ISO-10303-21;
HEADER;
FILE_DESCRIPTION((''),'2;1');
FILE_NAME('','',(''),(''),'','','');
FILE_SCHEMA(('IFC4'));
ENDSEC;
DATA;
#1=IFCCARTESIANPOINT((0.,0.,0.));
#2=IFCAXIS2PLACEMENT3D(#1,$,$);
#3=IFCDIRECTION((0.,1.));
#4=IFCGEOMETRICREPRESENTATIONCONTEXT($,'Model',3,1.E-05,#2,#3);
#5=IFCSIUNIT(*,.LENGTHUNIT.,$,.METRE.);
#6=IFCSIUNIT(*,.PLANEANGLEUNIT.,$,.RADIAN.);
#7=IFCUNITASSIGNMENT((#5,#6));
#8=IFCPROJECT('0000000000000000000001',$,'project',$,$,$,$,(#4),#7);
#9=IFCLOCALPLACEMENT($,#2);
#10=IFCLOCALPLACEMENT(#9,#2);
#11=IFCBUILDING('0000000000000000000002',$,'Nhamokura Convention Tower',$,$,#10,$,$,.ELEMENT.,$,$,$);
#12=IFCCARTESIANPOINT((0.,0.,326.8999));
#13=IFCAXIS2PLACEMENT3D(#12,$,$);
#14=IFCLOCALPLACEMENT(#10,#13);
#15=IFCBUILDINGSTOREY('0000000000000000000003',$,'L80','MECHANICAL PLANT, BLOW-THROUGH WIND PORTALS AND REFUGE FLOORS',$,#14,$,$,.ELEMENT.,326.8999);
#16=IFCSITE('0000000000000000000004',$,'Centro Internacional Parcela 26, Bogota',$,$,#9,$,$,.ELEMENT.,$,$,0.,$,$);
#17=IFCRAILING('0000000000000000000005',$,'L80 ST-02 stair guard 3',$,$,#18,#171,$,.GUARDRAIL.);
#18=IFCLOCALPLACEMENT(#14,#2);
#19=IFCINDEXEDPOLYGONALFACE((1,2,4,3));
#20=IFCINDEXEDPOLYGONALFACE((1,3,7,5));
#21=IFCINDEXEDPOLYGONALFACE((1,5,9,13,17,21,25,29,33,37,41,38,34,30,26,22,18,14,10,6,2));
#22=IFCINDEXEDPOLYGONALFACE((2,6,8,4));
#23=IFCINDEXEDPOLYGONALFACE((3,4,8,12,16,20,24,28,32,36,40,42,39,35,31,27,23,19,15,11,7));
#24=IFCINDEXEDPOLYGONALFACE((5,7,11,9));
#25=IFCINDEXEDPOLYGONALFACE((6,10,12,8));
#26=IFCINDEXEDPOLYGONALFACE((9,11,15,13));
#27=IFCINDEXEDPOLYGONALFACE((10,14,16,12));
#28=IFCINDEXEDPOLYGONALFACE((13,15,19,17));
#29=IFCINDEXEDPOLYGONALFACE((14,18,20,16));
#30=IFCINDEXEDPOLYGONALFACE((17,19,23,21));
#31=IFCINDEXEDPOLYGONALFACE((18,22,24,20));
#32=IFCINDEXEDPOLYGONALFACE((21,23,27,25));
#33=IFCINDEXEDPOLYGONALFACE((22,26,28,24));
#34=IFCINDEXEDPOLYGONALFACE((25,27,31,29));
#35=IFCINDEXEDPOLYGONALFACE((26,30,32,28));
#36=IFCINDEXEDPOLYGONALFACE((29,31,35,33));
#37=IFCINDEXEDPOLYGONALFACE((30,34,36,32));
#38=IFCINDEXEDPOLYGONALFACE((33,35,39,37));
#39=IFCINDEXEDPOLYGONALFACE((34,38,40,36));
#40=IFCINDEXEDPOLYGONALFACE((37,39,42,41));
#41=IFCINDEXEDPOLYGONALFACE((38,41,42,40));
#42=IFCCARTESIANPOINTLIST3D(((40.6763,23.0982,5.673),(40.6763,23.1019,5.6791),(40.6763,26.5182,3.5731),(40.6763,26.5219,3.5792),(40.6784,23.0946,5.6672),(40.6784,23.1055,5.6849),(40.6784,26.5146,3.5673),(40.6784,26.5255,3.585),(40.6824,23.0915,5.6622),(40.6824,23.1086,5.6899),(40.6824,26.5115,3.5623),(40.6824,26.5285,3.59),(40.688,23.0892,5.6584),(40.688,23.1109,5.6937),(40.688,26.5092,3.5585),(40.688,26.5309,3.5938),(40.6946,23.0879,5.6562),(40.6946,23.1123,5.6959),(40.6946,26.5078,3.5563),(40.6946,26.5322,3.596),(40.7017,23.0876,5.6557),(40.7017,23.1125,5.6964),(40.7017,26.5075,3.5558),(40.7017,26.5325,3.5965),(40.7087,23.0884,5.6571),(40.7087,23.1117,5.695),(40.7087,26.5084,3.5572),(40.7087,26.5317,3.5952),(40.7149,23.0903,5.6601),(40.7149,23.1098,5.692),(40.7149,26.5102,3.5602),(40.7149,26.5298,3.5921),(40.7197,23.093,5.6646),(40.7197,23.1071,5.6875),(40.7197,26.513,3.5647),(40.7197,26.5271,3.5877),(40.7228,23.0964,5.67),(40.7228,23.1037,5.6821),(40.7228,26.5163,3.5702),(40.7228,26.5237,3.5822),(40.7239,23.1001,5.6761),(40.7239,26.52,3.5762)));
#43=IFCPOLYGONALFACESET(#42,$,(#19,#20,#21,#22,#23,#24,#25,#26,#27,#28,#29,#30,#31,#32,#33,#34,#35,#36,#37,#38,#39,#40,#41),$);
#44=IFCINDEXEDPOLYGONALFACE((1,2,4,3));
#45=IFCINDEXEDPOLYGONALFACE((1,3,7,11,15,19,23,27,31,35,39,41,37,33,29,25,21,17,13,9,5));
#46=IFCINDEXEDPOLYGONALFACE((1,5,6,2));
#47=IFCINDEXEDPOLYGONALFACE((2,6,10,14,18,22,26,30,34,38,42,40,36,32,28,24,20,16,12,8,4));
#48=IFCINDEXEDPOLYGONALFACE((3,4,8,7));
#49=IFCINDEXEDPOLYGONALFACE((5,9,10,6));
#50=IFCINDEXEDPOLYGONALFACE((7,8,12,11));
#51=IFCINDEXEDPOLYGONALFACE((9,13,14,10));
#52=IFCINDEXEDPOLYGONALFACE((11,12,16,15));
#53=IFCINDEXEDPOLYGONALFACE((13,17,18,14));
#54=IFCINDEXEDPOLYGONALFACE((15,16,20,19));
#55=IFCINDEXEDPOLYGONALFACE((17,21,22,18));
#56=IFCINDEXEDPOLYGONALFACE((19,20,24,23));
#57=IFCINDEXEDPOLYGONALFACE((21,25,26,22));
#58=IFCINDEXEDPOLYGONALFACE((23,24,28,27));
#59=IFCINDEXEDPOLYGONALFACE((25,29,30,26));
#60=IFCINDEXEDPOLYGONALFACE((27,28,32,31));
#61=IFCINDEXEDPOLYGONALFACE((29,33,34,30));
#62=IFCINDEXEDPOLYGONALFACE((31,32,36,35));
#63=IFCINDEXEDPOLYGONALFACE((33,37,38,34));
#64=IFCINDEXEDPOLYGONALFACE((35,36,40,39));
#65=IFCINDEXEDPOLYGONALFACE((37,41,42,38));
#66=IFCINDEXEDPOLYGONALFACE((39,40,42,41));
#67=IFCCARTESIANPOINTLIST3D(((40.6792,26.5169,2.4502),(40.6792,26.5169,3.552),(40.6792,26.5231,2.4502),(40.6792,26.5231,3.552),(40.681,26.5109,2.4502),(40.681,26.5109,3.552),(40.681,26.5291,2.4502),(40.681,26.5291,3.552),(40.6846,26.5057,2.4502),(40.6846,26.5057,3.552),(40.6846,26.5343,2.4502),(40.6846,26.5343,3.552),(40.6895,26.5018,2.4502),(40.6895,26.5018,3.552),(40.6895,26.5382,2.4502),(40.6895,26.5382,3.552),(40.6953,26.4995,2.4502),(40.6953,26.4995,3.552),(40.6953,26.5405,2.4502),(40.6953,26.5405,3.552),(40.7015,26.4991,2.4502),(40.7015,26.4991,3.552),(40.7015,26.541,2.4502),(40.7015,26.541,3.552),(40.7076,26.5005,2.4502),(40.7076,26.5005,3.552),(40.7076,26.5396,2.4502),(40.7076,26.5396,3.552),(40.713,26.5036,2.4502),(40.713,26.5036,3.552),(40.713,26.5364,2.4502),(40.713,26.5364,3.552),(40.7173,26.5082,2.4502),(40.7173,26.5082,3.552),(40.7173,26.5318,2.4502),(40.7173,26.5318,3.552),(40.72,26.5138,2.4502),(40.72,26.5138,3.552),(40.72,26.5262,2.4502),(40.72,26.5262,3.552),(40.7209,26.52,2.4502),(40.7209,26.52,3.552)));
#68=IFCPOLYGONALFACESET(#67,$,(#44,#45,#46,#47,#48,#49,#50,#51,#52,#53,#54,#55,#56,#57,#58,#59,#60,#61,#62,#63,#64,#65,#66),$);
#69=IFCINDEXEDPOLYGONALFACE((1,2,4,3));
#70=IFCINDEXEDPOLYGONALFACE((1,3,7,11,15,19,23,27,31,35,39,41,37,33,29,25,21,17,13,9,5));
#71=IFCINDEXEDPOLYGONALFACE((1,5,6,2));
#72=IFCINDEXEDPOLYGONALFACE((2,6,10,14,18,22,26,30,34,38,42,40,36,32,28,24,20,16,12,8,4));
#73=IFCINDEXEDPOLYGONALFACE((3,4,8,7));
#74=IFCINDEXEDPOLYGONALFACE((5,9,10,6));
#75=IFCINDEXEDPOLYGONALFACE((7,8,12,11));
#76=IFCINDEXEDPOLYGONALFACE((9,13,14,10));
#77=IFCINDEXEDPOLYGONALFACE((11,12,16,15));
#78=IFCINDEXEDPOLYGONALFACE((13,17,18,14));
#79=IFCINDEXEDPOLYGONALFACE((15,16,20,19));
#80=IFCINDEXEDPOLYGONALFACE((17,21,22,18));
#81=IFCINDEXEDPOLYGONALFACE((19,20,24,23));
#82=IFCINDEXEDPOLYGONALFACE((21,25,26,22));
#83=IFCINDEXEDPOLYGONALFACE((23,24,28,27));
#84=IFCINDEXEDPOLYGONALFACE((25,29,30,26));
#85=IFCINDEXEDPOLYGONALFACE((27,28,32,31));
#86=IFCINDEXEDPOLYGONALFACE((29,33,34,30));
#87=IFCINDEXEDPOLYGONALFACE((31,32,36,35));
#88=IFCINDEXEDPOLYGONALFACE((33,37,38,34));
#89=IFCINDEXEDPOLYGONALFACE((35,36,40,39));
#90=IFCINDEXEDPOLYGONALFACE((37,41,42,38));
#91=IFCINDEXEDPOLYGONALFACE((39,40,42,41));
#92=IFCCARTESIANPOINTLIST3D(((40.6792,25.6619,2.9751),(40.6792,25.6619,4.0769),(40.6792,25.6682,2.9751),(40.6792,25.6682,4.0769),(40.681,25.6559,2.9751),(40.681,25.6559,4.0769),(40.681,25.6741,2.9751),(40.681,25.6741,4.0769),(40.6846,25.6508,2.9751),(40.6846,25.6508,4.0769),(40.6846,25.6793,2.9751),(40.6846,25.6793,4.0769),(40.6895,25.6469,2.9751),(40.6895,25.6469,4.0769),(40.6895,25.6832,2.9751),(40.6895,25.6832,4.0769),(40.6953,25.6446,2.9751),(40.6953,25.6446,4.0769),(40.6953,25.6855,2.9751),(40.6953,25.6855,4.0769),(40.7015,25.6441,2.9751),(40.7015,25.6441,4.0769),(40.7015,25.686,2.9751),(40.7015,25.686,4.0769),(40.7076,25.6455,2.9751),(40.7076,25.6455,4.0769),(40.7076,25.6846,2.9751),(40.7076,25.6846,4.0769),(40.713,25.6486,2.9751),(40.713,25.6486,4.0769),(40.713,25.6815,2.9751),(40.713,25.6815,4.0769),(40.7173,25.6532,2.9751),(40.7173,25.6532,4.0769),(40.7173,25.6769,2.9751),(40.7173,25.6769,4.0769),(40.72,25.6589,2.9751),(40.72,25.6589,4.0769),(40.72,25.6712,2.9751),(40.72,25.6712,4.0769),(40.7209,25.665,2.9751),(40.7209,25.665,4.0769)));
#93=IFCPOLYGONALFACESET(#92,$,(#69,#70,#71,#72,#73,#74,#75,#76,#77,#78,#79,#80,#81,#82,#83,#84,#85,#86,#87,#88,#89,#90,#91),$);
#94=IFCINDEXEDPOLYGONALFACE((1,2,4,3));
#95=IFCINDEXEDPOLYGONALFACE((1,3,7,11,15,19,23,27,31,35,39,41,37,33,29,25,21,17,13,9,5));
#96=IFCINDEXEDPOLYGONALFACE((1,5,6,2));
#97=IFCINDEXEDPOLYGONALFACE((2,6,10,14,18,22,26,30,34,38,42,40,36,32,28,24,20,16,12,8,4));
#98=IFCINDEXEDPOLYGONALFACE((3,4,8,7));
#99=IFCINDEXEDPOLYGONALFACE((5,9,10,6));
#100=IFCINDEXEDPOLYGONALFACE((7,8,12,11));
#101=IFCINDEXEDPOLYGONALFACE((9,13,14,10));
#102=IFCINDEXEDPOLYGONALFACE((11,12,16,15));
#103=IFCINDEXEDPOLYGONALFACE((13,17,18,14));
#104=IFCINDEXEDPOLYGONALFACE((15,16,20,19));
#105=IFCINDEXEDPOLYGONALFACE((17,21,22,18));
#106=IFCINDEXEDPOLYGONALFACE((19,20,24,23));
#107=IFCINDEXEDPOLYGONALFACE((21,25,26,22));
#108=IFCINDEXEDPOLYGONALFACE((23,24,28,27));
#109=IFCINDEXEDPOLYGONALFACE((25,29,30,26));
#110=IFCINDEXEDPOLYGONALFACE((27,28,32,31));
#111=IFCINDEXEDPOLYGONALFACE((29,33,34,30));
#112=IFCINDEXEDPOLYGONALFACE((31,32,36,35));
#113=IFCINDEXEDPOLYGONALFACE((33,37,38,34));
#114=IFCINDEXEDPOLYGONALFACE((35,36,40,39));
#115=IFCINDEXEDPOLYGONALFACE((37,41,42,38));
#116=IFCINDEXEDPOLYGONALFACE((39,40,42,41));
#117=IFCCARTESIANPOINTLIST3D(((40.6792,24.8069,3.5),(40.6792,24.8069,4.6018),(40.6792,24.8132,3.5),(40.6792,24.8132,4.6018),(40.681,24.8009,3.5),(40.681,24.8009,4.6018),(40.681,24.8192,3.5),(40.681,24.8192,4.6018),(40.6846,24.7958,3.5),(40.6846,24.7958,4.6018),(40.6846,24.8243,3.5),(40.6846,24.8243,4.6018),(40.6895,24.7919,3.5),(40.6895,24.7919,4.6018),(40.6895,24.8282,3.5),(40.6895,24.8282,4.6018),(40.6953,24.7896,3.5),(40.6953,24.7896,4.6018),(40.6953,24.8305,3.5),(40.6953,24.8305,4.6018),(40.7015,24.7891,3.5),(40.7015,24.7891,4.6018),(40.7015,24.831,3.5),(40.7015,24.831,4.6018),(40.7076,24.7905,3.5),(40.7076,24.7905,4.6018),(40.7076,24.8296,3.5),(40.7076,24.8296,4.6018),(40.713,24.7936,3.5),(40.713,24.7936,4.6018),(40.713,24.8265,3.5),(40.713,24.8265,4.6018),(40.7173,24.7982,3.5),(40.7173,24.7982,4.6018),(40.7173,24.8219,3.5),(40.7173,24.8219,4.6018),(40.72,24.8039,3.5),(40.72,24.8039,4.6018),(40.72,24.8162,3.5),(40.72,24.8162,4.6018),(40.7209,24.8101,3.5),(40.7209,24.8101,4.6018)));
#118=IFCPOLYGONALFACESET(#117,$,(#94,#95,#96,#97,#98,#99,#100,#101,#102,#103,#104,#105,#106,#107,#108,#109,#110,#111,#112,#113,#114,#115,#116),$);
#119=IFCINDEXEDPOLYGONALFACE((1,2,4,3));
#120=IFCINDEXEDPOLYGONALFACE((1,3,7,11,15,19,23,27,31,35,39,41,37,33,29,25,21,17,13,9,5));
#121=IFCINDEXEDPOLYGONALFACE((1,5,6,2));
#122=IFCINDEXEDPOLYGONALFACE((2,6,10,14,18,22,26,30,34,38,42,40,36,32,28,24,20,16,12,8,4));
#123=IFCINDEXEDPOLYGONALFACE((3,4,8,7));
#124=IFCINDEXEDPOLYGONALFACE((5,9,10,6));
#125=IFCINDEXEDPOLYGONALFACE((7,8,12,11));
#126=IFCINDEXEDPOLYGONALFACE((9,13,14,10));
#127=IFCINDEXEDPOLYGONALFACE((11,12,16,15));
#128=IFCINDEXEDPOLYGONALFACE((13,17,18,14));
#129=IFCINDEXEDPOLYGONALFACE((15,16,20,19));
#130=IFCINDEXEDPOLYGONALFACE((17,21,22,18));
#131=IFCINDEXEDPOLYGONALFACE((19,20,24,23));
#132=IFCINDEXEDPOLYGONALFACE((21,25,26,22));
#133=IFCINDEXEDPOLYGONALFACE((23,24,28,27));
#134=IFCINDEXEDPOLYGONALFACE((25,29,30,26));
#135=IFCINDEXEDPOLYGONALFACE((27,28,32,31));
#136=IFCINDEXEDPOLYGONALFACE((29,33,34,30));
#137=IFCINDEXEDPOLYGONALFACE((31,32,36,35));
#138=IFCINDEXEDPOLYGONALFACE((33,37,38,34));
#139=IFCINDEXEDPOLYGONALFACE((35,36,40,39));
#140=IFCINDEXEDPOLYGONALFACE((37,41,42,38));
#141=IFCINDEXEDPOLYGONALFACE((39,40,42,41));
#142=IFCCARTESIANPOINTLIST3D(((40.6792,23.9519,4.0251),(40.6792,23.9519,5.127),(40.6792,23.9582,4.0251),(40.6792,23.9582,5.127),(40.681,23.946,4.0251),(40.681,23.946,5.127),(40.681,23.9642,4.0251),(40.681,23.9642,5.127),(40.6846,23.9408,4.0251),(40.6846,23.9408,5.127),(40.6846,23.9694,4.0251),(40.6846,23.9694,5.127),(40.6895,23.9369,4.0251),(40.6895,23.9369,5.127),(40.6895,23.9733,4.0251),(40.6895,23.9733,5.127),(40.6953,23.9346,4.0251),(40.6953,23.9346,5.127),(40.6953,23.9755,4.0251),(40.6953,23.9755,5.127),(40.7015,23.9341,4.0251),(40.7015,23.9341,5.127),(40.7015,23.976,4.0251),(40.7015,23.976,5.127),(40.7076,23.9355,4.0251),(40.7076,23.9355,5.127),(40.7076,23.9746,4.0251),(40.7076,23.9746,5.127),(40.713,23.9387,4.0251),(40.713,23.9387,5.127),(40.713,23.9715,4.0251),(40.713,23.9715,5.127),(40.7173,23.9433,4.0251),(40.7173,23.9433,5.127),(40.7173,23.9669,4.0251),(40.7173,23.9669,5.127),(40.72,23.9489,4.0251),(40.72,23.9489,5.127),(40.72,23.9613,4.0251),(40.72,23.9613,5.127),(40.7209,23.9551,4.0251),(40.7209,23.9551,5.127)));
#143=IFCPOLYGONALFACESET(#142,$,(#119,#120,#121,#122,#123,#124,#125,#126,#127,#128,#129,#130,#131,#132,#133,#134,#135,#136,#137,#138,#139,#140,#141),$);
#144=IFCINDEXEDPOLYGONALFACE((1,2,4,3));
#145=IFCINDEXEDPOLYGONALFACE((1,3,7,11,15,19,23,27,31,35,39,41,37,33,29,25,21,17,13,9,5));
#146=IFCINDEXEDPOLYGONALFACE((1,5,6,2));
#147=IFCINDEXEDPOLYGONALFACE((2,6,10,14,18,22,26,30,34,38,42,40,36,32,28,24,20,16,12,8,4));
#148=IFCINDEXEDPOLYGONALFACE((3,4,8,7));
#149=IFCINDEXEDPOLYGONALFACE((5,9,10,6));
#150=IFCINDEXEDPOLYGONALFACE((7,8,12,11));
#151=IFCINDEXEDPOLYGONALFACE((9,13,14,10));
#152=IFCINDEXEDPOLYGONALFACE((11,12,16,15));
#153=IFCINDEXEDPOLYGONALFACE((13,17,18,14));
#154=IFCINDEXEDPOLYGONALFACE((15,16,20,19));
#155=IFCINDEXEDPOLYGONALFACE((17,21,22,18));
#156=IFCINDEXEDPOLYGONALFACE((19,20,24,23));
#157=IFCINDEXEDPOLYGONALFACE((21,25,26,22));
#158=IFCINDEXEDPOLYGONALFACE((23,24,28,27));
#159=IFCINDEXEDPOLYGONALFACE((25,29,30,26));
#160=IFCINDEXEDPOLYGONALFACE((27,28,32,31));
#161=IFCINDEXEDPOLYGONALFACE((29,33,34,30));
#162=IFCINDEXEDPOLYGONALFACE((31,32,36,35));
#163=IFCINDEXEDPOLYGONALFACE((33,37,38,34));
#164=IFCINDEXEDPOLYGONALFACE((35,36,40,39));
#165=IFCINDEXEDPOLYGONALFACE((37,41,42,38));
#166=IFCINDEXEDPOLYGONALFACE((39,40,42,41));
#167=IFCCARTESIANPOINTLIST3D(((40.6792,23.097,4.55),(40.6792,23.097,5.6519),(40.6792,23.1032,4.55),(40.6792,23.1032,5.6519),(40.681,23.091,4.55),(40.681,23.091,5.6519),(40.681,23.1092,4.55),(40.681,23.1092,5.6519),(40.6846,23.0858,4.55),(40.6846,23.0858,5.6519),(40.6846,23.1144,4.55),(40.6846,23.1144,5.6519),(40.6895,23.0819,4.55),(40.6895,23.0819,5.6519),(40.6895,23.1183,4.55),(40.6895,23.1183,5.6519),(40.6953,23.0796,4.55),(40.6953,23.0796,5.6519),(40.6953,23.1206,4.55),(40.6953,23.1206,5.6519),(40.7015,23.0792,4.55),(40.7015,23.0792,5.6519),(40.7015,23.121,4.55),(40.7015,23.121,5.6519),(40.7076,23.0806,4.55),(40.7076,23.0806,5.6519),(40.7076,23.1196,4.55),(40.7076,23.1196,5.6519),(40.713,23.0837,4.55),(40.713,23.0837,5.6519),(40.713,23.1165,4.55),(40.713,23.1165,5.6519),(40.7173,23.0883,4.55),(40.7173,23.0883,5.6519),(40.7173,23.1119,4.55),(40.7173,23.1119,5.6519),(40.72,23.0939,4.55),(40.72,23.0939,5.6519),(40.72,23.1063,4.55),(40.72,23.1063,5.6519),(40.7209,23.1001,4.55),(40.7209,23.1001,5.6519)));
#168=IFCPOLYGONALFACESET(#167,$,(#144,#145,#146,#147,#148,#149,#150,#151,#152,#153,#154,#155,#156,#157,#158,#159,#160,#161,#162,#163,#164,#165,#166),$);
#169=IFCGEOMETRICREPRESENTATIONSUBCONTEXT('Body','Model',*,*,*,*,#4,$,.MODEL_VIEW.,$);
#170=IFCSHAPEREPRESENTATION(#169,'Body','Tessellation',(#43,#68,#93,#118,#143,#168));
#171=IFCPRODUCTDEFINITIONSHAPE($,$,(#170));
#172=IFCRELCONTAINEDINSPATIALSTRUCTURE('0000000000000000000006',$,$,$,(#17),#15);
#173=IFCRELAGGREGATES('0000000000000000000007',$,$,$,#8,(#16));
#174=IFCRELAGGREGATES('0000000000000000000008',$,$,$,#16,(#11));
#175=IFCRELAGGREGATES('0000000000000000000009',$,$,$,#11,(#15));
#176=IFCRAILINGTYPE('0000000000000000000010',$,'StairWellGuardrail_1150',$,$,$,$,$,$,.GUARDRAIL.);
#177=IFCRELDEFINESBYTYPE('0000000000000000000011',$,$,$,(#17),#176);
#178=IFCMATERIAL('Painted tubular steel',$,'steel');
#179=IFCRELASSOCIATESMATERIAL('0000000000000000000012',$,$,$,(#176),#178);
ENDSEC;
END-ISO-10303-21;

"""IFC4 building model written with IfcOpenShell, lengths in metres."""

from ifc_helpers import new_model, si_unit, direction, frame, origin, origin_2d, place, context, subcontext, project, spatial, circle, extrude, material, type_object, element, save


model = new_model("IFC4")

# Units and contexts
model_context = context("Model", 3, precision=1e-05, world=origin(), true_north=direction((0.0, 1.0)))
body_context = subcontext(model_context, "Body", "Model", "MODEL_VIEW")
ifc_project = project(units=[si_unit("LENGTHUNIT", "METRE"), si_unit("PLANEANGLEUNIT", "RADIAN")], contexts=[model_context])

# Site, building, storey
site_placement = place(None, origin())
site = spatial("IfcSite", under=ifc_project, at=site_placement, Name="Centro Internacional Parcela 26, Bogota", CompositionType="ELEMENT", RefElevation=0.0)
building_placement = place(site_placement, origin())
building = spatial("IfcBuilding", under=site, at=building_placement, Name="Nhamokura Convention Tower", CompositionType="ELEMENT")
storey_placement = place(building_placement, frame((0.0, 0.0, 326.8999)))
storey = spatial("IfcBuildingStorey", under=building, at=storey_placement, Name="L80", Description="MECHANICAL PLANT, BLOW-THROUGH WIND PORTALS AND REFUGE FLOORS", CompositionType="ELEMENT", Elevation=326.8999)

# Railing
ifc_material_1 = material(Name="Painted tubular steel", Category="steel")
railing_type_1 = type_object("IfcRailingType", Name="StairWellGuardrail_1150", PredefinedType="GUARDRAIL", material=ifc_material_1)
railing_1_placement = place(storey_placement, frame((40.7, 26.52, 2.4502)))
element("IfcRailing", 1, at=railing_1_placement, inside=storey, type_object=railing_type_1, Name="L80 ST-02 stair guard 3", PredefinedType="GUARDRAIL", context=body_context, shape_type="SweptSolid", body=[
    extrude(circle(Radius=0.0239, at=origin_2d()), frame((0.0, 0.0, 1.126), z_axis=(0.0, -0.852182, 0.523245), x_axis=(1.0, 0.0, 0.0)), (0.0, 0.0, 1.0), 4.0132),
    extrude(circle(Radius=0.021, at=origin_2d()), origin(), (0.0, 0.0, 1.0), 1.1018),
    extrude(circle(Radius=0.021, at=origin_2d()), frame((0.0, -0.855, 0.5249)), (0.0, 0.0, 1.0), 1.1018),
    extrude(circle(Radius=0.021, at=origin_2d()), frame((0.0, -1.71, 1.0498)), (0.0, 0.0, 1.0), 1.1018),
    extrude(circle(Radius=0.021, at=origin_2d()), frame((0.0, -2.5649, 1.575)), (0.0, 0.0, 1.0), 1.1018),
    extrude(circle(Radius=0.021, at=origin_2d()), frame((0.0, -3.4199, 2.0999)), (0.0, 0.0, 1.0), 1.1018),
])

save(model, "model.ifc")
